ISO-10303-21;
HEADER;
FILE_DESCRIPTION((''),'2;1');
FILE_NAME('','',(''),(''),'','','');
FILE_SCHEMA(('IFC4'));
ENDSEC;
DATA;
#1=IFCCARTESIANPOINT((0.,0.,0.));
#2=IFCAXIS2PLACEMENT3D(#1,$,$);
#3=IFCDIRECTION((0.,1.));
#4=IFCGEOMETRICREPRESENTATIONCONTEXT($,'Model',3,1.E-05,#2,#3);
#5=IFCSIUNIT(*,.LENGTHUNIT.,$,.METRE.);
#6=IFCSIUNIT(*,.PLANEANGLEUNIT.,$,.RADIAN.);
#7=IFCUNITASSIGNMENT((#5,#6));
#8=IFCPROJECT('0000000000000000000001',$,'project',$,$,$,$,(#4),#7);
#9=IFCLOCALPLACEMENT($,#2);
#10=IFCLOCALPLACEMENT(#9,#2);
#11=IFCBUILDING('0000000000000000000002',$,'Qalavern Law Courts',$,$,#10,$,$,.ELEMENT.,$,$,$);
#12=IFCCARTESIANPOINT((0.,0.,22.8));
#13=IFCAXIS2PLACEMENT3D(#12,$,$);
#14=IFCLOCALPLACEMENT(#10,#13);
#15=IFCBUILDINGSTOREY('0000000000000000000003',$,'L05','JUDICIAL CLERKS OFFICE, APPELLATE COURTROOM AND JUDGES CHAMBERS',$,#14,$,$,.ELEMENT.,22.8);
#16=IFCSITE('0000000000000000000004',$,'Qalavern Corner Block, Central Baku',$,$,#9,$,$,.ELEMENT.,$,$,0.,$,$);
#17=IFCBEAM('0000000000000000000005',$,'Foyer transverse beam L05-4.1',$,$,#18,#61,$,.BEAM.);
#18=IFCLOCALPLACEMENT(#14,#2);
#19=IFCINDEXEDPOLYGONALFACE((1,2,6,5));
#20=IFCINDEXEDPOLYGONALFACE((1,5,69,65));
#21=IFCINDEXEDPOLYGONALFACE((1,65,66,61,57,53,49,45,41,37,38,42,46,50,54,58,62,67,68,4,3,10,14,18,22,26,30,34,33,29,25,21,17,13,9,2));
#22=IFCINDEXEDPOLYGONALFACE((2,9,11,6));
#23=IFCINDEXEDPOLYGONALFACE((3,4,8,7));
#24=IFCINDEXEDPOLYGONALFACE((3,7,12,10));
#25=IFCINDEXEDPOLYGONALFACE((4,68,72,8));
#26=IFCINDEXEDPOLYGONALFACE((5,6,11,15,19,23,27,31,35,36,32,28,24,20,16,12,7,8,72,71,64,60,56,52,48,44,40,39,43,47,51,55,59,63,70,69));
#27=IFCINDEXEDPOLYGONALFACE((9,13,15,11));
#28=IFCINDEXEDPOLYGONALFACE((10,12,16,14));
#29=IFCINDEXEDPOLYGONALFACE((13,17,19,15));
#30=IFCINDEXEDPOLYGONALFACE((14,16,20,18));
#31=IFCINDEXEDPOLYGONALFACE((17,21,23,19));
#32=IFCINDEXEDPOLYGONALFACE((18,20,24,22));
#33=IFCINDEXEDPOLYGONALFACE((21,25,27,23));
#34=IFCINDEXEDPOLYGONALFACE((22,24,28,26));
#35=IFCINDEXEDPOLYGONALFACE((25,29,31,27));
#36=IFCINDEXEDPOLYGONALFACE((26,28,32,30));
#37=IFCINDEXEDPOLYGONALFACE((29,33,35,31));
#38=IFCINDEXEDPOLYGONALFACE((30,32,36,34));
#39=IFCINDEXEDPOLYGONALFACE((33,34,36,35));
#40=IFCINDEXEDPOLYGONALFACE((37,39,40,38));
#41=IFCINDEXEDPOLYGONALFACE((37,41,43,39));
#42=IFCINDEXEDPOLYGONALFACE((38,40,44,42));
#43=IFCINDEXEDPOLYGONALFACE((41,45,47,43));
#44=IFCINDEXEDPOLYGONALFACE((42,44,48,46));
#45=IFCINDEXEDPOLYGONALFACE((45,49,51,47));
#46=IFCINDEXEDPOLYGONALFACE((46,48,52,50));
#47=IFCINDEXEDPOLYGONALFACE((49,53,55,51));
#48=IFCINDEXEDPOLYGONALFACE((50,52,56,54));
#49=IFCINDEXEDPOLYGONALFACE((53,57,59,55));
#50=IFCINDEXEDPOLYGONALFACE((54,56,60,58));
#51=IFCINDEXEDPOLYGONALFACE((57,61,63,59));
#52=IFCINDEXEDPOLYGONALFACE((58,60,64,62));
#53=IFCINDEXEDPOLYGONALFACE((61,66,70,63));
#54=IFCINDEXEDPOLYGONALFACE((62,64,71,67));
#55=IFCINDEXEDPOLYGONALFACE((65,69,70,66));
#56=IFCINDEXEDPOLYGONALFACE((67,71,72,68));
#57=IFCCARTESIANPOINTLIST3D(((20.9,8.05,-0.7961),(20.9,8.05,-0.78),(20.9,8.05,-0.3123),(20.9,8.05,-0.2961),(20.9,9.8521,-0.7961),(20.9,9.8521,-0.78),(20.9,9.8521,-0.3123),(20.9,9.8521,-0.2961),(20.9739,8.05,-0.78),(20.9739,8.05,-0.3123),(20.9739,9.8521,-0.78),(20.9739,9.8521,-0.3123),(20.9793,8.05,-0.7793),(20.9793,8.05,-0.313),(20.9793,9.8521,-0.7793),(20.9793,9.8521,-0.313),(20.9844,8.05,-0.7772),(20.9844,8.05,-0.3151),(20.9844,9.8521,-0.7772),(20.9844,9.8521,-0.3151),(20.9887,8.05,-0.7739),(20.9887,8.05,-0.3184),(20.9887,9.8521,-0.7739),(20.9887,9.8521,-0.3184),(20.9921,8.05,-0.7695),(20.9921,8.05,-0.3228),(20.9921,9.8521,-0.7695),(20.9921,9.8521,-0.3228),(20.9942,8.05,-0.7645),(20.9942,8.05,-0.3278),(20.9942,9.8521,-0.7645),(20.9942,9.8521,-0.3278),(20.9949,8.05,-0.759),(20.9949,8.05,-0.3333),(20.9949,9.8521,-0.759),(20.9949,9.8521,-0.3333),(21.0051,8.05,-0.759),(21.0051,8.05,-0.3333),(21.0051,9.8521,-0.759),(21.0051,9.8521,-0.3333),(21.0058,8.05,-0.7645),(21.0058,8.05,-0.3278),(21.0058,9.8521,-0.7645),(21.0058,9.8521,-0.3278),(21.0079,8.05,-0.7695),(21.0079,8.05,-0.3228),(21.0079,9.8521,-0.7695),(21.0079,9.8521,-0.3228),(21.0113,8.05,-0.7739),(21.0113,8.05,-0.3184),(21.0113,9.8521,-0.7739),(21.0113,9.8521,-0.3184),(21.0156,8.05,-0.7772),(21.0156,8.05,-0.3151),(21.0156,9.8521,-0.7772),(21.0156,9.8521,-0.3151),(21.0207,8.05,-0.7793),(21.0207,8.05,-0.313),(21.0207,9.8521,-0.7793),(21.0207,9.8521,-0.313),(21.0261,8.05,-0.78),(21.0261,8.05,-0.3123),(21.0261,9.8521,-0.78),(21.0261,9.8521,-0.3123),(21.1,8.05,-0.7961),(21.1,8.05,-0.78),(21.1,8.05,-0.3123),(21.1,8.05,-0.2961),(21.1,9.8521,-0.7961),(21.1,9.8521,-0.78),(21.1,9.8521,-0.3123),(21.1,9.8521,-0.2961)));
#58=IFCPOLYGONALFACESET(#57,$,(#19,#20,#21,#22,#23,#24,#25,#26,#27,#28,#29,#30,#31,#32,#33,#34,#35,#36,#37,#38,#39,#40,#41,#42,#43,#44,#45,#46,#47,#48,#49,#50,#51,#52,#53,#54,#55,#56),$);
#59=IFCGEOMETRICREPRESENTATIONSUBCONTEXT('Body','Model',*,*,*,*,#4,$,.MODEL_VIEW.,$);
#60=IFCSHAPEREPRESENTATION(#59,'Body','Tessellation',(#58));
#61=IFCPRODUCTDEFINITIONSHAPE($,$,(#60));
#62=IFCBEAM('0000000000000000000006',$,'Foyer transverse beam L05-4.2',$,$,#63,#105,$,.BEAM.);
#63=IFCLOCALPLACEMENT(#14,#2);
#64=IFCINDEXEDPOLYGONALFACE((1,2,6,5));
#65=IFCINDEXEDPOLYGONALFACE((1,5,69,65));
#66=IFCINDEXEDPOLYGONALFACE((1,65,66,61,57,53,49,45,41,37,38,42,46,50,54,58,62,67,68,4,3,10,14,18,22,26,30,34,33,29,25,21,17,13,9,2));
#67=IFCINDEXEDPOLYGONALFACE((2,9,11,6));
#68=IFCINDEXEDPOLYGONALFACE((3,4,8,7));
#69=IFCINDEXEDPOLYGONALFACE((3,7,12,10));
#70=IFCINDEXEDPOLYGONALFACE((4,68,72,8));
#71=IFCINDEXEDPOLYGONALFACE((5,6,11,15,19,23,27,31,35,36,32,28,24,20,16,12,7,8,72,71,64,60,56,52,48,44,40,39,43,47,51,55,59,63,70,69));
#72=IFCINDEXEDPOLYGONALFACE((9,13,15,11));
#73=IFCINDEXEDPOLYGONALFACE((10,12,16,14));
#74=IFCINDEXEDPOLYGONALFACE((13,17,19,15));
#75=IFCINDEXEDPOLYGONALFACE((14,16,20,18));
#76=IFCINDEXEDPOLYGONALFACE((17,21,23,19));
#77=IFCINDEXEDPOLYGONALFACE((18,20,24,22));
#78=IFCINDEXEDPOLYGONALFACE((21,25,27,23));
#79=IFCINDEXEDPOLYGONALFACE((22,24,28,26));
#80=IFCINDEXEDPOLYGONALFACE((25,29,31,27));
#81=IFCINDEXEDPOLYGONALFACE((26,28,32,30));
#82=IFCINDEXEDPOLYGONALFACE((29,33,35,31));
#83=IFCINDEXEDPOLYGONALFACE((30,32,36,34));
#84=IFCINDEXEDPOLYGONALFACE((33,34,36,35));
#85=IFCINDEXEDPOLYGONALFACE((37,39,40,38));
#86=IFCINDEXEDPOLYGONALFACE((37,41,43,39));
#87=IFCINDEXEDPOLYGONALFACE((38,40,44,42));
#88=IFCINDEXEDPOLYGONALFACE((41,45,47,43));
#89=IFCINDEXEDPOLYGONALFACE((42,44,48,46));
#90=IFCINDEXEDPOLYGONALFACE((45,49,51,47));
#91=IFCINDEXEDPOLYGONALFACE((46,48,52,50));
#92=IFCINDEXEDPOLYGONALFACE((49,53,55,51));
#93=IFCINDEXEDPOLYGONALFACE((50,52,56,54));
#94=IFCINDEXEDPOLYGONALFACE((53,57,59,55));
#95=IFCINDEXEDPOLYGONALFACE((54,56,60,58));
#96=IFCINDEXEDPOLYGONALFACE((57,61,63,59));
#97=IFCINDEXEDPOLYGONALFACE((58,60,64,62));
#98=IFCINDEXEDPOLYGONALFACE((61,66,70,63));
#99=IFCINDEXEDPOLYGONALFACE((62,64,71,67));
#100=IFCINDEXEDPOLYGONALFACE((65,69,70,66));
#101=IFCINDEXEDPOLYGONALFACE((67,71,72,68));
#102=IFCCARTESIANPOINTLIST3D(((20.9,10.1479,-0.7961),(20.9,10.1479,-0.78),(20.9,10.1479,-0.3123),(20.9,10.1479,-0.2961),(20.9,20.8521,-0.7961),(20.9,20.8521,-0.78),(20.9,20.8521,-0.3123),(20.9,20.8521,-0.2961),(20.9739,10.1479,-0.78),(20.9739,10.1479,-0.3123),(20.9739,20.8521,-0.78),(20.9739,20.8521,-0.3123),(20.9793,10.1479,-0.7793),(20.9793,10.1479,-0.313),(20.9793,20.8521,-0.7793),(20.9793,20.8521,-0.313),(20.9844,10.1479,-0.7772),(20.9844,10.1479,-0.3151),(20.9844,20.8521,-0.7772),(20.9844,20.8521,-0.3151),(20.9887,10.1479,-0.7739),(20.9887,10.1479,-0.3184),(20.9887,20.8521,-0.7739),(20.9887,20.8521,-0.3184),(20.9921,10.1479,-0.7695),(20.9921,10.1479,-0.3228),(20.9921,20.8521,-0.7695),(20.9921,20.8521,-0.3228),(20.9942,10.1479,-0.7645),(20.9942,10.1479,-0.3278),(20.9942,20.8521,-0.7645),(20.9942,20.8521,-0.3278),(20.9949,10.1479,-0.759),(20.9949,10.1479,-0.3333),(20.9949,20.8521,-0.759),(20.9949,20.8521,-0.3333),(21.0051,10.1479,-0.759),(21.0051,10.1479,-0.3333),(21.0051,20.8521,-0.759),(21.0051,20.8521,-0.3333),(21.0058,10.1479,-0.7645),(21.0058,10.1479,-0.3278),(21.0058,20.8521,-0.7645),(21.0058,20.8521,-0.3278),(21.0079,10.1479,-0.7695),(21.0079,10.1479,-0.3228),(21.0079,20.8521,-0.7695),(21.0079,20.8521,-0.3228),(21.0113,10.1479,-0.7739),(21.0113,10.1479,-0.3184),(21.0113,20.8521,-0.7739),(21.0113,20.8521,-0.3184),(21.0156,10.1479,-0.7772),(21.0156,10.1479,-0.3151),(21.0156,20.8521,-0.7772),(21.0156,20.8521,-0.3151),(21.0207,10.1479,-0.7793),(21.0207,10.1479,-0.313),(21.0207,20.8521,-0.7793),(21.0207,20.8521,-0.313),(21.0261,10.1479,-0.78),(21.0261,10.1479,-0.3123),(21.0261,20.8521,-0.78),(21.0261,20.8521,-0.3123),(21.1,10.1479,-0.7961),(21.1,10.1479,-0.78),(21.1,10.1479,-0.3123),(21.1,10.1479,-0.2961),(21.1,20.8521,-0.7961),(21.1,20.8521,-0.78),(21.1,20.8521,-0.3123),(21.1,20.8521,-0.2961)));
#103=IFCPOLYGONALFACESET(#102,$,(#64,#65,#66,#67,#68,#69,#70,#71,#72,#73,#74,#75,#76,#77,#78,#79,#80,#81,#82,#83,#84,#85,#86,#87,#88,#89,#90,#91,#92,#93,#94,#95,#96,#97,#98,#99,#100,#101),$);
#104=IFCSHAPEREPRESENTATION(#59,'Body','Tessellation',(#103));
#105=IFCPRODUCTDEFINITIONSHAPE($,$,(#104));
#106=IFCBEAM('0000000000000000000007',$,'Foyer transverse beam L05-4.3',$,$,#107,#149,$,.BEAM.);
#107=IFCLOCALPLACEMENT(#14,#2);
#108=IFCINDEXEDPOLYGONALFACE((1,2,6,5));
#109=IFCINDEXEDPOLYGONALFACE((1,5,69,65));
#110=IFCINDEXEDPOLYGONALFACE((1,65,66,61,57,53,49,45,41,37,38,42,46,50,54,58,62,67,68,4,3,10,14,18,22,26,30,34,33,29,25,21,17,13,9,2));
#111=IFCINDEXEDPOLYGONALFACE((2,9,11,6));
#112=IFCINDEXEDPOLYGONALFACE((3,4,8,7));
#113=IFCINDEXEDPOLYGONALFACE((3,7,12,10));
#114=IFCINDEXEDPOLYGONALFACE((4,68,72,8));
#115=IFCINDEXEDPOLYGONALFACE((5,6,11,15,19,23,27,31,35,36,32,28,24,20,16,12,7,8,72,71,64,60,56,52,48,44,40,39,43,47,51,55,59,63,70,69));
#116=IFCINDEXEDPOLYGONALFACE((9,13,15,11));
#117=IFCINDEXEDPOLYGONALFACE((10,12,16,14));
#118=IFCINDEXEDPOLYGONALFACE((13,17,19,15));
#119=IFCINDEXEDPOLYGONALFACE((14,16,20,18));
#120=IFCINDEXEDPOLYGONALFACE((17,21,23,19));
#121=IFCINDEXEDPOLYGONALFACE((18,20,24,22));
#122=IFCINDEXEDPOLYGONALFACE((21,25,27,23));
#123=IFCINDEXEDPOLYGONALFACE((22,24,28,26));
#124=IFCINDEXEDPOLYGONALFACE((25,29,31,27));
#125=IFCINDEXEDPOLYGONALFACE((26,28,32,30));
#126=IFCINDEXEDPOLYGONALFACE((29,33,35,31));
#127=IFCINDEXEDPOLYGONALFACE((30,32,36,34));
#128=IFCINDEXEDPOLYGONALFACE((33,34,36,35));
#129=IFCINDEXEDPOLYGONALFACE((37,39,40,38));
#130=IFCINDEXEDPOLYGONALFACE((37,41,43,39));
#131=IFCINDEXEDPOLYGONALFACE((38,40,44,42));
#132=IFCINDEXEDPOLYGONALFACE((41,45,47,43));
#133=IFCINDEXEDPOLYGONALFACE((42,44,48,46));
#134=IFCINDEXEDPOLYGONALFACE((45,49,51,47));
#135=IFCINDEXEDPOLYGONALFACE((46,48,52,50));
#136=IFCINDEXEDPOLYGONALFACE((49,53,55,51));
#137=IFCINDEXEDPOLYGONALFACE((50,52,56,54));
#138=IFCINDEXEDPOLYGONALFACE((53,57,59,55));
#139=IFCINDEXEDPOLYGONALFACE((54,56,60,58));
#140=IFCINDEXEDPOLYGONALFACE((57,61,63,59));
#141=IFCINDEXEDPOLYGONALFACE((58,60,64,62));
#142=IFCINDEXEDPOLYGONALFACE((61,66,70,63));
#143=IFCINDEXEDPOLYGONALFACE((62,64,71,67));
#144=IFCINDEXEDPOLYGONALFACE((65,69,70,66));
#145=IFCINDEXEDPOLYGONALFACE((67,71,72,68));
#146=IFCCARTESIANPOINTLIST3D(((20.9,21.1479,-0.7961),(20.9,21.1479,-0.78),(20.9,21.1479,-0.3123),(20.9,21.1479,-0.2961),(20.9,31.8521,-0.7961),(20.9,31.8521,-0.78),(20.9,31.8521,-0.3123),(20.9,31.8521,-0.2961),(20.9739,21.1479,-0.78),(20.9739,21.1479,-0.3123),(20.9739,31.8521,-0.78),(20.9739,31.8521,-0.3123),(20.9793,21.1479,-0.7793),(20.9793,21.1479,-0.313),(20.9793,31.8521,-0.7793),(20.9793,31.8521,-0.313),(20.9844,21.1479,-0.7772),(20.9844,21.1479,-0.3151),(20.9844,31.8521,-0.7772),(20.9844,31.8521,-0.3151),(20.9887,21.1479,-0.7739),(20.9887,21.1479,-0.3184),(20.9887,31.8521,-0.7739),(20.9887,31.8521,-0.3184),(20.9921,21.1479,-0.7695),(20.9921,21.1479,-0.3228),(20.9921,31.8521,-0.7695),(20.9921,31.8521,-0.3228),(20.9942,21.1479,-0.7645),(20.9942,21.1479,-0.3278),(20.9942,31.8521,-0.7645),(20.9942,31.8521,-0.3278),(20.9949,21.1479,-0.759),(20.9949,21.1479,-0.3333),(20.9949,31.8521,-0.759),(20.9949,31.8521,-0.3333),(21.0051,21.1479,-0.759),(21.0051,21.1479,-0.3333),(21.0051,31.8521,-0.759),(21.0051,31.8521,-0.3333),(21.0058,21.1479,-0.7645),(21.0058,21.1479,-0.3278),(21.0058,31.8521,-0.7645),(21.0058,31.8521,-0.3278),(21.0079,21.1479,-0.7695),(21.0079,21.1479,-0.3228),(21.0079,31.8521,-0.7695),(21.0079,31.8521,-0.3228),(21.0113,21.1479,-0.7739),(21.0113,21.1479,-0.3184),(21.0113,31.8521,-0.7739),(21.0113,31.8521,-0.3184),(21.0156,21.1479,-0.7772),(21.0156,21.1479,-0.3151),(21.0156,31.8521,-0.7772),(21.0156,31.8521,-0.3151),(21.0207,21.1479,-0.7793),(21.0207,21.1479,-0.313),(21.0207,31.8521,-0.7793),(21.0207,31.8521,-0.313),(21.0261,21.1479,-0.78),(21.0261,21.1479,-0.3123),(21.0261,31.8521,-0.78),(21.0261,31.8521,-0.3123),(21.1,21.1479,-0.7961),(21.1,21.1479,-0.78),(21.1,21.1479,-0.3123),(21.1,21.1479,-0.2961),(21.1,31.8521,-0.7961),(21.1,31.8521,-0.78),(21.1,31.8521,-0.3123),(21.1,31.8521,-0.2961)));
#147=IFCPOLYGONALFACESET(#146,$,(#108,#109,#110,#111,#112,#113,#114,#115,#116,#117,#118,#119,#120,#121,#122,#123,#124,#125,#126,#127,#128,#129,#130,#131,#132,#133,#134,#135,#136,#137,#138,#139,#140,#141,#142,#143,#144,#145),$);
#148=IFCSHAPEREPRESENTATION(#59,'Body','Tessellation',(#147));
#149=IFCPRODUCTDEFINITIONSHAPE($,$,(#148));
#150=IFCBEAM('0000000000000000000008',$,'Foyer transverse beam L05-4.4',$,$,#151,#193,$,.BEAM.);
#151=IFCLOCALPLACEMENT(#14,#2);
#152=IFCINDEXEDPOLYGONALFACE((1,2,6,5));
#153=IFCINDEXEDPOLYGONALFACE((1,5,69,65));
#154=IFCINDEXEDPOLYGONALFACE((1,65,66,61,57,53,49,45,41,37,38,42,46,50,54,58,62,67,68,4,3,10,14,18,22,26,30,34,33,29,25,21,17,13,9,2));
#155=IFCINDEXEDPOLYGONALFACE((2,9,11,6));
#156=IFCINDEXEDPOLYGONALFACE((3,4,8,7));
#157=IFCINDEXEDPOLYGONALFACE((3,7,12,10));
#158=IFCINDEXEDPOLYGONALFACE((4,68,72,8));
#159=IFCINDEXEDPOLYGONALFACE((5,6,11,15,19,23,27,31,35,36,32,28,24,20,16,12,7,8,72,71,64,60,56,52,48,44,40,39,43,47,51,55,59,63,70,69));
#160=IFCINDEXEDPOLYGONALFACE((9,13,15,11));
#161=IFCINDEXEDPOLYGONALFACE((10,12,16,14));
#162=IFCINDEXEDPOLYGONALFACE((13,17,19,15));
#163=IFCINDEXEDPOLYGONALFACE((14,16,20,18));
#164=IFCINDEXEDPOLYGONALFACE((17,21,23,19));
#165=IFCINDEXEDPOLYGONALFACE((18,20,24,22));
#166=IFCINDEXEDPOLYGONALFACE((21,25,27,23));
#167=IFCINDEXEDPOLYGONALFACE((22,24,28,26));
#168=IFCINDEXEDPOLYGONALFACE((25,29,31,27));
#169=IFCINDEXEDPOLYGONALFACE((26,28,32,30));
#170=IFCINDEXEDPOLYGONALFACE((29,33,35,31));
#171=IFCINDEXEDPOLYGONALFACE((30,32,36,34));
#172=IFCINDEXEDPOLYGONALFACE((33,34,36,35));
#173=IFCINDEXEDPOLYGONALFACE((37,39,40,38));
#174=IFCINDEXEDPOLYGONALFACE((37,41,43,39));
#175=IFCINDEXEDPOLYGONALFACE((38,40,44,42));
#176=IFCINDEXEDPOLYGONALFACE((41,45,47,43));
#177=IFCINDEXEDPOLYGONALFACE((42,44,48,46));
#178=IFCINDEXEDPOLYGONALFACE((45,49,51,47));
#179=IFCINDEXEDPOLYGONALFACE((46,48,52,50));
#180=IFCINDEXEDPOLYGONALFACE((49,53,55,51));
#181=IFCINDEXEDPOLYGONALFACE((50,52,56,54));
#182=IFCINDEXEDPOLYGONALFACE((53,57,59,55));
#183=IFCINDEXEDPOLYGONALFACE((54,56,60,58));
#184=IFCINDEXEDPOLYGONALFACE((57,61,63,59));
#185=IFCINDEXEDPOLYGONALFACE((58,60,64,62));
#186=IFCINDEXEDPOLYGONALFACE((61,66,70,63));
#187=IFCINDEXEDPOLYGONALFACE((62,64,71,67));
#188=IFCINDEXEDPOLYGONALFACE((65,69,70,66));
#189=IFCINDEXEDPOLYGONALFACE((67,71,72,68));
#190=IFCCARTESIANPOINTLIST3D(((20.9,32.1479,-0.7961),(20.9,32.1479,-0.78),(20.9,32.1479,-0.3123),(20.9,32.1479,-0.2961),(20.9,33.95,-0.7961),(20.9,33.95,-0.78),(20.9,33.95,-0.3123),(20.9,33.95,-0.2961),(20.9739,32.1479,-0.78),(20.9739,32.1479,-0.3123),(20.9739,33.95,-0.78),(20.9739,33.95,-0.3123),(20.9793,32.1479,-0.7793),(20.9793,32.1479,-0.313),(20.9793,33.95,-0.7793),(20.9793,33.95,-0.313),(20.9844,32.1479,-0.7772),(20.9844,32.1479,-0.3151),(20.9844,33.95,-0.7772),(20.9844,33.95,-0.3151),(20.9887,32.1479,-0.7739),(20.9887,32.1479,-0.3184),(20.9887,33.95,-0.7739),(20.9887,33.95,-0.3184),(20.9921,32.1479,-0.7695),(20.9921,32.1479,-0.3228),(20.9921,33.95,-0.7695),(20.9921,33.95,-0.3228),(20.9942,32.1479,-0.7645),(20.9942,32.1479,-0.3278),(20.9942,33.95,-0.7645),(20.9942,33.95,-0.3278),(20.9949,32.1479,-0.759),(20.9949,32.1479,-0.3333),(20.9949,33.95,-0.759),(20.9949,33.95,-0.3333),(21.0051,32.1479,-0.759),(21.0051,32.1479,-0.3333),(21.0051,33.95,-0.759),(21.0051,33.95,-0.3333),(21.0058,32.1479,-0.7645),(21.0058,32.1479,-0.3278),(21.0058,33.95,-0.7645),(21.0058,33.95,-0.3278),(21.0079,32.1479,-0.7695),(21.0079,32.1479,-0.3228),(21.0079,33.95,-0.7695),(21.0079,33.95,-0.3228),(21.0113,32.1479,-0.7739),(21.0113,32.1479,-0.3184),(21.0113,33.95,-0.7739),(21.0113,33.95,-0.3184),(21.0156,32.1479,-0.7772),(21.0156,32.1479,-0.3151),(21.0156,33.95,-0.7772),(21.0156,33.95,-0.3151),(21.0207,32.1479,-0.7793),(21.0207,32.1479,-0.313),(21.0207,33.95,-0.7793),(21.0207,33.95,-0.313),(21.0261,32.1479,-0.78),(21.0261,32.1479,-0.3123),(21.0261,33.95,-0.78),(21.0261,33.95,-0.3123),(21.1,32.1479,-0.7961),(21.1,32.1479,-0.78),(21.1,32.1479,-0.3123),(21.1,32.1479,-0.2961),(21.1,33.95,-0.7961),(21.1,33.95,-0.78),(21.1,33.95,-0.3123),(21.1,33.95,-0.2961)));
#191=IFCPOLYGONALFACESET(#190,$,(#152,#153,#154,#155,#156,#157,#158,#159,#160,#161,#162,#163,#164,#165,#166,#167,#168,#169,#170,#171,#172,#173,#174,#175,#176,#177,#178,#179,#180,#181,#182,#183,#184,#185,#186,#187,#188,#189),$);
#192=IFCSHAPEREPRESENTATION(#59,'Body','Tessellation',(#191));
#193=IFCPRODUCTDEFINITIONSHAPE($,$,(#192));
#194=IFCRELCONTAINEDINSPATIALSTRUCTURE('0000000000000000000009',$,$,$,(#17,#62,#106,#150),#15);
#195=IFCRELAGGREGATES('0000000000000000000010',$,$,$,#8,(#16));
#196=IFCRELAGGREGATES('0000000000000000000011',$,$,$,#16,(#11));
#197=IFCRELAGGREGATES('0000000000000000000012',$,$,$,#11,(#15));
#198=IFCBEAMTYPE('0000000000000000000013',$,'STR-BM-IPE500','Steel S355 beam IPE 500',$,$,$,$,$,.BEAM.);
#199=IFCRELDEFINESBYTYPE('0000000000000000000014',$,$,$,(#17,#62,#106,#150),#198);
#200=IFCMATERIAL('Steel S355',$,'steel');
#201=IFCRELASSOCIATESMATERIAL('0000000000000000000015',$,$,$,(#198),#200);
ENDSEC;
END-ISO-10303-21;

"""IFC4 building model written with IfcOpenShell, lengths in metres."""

from ifc_helpers import new_model, si_unit, direction, frame, origin, origin_2d, place, context, subcontext, project, spatial, i_section, extrude, material, material_profile, profile_set, type_object, element, save


model = new_model("IFC4")

# Units and contexts
model_context = context("Model", 3, precision=1e-05, world=origin(), true_north=direction((0.0, 1.0)))
body_context = subcontext(model_context, "Body", "Model", "MODEL_VIEW")
ifc_project = project(units=[si_unit("LENGTHUNIT", "METRE"), si_unit("PLANEANGLEUNIT", "RADIAN")], contexts=[model_context])

# Site, building, storey
site_placement = place(None, origin())
site = spatial("IfcSite", under=ifc_project, at=site_placement, Name="Qalavern Corner Block, Central Baku", CompositionType="ELEMENT", RefElevation=0.0)
building_placement = place(site_placement, origin())
building = spatial("IfcBuilding", under=site, at=building_placement, Name="Qalavern Law Courts", CompositionType="ELEMENT")
storey_placement = place(building_placement, frame((0.0, 0.0, 22.8)))
storey = spatial("IfcBuildingStorey", under=building, at=storey_placement, Name="L05", Description="JUDICIAL CLERKS OFFICE, APPELLATE COURTROOM AND JUDGES CHAMBERS", CompositionType="ELEMENT", Elevation=22.8)

# Beams
ifc_material_1 = material(Name="Steel S355", Category="steel")
ifc_material_profile_1 = material_profile(ifc_material_1, i_section(OverallWidth=0.2, OverallDepth=0.5, WebThickness=0.0103, FlangeThickness=0.0161, FilletRadius=0.021, at=origin_2d()), Name="IPE 500")
ifc_profile_set_1 = profile_set([ifc_material_profile_1], Name="Steel S355")
beam_type_1 = type_object("IfcBeamType", Name="STR-BM-IPE500", Description="Steel S355 beam IPE 500", PredefinedType="BEAM", material=ifc_profile_set_1)
for number, where, z_axis, x_axis, name in (
    (1, (21.0, 8.05, -0.5461), (0.0, 1.0, 0.0), (-1.0, 0.0, 0.0), "Foyer transverse beam L05-4.1"),
):
    element("IfcBeam", number, at=place(storey_placement, frame(where, z_axis=z_axis, x_axis=x_axis)), inside=storey, type_object=beam_type_1, Name=name, PredefinedType="BEAM", context=body_context, shape_type="SweptSolid", body=[
        extrude(i_section(OverallWidth=0.2, OverallDepth=0.5, WebThickness=0.0103, FlangeThickness=0.0161, FilletRadius=0.021, at=origin_2d()), origin(), (0.0, 0.0, 1.0), 1.802),
    ])
for number, where, z_axis, x_axis, name in (
    (2, (21.0, 10.1479, -0.5461), (0.0, 1.0, 0.0), (-1.0, 0.0, 0.0), "Foyer transverse beam L05-4.2"),
    (3, (21.0, 21.1479, -0.5461), (0.0, 1.0, 0.0), (-1.0, 0.0, 0.0), "Foyer transverse beam L05-4.3"),
):
    element("IfcBeam", number, at=place(storey_placement, frame(where, z_axis=z_axis, x_axis=x_axis)), inside=storey, type_object=beam_type_1, Name=name, PredefinedType="BEAM", context=body_context, shape_type="SweptSolid", body=[
        extrude(i_section(OverallWidth=0.2, OverallDepth=0.5, WebThickness=0.0103, FlangeThickness=0.0161, FilletRadius=0.021, at=origin_2d()), origin(), (0.0, 0.0, 1.0), 10.7041),
    ])
beam_1_placement = place(storey_placement, frame((21.0, 32.1479, -0.5461), z_axis=(0.0, 1.0, 0.0), x_axis=(-1.0, 0.0, 0.0)))
element("IfcBeam", 4, at=beam_1_placement, inside=storey, type_object=beam_type_1, Name="Foyer transverse beam L05-4.4", PredefinedType="BEAM", context=body_context, shape_type="SweptSolid", body=[
    extrude(i_section(OverallWidth=0.2, OverallDepth=0.5, WebThickness=0.0103, FlangeThickness=0.0161, FilletRadius=0.021, at=origin_2d()), origin(), (0.0, 0.0, 1.0), 1.802),
])

save(model, "model.ifc")
